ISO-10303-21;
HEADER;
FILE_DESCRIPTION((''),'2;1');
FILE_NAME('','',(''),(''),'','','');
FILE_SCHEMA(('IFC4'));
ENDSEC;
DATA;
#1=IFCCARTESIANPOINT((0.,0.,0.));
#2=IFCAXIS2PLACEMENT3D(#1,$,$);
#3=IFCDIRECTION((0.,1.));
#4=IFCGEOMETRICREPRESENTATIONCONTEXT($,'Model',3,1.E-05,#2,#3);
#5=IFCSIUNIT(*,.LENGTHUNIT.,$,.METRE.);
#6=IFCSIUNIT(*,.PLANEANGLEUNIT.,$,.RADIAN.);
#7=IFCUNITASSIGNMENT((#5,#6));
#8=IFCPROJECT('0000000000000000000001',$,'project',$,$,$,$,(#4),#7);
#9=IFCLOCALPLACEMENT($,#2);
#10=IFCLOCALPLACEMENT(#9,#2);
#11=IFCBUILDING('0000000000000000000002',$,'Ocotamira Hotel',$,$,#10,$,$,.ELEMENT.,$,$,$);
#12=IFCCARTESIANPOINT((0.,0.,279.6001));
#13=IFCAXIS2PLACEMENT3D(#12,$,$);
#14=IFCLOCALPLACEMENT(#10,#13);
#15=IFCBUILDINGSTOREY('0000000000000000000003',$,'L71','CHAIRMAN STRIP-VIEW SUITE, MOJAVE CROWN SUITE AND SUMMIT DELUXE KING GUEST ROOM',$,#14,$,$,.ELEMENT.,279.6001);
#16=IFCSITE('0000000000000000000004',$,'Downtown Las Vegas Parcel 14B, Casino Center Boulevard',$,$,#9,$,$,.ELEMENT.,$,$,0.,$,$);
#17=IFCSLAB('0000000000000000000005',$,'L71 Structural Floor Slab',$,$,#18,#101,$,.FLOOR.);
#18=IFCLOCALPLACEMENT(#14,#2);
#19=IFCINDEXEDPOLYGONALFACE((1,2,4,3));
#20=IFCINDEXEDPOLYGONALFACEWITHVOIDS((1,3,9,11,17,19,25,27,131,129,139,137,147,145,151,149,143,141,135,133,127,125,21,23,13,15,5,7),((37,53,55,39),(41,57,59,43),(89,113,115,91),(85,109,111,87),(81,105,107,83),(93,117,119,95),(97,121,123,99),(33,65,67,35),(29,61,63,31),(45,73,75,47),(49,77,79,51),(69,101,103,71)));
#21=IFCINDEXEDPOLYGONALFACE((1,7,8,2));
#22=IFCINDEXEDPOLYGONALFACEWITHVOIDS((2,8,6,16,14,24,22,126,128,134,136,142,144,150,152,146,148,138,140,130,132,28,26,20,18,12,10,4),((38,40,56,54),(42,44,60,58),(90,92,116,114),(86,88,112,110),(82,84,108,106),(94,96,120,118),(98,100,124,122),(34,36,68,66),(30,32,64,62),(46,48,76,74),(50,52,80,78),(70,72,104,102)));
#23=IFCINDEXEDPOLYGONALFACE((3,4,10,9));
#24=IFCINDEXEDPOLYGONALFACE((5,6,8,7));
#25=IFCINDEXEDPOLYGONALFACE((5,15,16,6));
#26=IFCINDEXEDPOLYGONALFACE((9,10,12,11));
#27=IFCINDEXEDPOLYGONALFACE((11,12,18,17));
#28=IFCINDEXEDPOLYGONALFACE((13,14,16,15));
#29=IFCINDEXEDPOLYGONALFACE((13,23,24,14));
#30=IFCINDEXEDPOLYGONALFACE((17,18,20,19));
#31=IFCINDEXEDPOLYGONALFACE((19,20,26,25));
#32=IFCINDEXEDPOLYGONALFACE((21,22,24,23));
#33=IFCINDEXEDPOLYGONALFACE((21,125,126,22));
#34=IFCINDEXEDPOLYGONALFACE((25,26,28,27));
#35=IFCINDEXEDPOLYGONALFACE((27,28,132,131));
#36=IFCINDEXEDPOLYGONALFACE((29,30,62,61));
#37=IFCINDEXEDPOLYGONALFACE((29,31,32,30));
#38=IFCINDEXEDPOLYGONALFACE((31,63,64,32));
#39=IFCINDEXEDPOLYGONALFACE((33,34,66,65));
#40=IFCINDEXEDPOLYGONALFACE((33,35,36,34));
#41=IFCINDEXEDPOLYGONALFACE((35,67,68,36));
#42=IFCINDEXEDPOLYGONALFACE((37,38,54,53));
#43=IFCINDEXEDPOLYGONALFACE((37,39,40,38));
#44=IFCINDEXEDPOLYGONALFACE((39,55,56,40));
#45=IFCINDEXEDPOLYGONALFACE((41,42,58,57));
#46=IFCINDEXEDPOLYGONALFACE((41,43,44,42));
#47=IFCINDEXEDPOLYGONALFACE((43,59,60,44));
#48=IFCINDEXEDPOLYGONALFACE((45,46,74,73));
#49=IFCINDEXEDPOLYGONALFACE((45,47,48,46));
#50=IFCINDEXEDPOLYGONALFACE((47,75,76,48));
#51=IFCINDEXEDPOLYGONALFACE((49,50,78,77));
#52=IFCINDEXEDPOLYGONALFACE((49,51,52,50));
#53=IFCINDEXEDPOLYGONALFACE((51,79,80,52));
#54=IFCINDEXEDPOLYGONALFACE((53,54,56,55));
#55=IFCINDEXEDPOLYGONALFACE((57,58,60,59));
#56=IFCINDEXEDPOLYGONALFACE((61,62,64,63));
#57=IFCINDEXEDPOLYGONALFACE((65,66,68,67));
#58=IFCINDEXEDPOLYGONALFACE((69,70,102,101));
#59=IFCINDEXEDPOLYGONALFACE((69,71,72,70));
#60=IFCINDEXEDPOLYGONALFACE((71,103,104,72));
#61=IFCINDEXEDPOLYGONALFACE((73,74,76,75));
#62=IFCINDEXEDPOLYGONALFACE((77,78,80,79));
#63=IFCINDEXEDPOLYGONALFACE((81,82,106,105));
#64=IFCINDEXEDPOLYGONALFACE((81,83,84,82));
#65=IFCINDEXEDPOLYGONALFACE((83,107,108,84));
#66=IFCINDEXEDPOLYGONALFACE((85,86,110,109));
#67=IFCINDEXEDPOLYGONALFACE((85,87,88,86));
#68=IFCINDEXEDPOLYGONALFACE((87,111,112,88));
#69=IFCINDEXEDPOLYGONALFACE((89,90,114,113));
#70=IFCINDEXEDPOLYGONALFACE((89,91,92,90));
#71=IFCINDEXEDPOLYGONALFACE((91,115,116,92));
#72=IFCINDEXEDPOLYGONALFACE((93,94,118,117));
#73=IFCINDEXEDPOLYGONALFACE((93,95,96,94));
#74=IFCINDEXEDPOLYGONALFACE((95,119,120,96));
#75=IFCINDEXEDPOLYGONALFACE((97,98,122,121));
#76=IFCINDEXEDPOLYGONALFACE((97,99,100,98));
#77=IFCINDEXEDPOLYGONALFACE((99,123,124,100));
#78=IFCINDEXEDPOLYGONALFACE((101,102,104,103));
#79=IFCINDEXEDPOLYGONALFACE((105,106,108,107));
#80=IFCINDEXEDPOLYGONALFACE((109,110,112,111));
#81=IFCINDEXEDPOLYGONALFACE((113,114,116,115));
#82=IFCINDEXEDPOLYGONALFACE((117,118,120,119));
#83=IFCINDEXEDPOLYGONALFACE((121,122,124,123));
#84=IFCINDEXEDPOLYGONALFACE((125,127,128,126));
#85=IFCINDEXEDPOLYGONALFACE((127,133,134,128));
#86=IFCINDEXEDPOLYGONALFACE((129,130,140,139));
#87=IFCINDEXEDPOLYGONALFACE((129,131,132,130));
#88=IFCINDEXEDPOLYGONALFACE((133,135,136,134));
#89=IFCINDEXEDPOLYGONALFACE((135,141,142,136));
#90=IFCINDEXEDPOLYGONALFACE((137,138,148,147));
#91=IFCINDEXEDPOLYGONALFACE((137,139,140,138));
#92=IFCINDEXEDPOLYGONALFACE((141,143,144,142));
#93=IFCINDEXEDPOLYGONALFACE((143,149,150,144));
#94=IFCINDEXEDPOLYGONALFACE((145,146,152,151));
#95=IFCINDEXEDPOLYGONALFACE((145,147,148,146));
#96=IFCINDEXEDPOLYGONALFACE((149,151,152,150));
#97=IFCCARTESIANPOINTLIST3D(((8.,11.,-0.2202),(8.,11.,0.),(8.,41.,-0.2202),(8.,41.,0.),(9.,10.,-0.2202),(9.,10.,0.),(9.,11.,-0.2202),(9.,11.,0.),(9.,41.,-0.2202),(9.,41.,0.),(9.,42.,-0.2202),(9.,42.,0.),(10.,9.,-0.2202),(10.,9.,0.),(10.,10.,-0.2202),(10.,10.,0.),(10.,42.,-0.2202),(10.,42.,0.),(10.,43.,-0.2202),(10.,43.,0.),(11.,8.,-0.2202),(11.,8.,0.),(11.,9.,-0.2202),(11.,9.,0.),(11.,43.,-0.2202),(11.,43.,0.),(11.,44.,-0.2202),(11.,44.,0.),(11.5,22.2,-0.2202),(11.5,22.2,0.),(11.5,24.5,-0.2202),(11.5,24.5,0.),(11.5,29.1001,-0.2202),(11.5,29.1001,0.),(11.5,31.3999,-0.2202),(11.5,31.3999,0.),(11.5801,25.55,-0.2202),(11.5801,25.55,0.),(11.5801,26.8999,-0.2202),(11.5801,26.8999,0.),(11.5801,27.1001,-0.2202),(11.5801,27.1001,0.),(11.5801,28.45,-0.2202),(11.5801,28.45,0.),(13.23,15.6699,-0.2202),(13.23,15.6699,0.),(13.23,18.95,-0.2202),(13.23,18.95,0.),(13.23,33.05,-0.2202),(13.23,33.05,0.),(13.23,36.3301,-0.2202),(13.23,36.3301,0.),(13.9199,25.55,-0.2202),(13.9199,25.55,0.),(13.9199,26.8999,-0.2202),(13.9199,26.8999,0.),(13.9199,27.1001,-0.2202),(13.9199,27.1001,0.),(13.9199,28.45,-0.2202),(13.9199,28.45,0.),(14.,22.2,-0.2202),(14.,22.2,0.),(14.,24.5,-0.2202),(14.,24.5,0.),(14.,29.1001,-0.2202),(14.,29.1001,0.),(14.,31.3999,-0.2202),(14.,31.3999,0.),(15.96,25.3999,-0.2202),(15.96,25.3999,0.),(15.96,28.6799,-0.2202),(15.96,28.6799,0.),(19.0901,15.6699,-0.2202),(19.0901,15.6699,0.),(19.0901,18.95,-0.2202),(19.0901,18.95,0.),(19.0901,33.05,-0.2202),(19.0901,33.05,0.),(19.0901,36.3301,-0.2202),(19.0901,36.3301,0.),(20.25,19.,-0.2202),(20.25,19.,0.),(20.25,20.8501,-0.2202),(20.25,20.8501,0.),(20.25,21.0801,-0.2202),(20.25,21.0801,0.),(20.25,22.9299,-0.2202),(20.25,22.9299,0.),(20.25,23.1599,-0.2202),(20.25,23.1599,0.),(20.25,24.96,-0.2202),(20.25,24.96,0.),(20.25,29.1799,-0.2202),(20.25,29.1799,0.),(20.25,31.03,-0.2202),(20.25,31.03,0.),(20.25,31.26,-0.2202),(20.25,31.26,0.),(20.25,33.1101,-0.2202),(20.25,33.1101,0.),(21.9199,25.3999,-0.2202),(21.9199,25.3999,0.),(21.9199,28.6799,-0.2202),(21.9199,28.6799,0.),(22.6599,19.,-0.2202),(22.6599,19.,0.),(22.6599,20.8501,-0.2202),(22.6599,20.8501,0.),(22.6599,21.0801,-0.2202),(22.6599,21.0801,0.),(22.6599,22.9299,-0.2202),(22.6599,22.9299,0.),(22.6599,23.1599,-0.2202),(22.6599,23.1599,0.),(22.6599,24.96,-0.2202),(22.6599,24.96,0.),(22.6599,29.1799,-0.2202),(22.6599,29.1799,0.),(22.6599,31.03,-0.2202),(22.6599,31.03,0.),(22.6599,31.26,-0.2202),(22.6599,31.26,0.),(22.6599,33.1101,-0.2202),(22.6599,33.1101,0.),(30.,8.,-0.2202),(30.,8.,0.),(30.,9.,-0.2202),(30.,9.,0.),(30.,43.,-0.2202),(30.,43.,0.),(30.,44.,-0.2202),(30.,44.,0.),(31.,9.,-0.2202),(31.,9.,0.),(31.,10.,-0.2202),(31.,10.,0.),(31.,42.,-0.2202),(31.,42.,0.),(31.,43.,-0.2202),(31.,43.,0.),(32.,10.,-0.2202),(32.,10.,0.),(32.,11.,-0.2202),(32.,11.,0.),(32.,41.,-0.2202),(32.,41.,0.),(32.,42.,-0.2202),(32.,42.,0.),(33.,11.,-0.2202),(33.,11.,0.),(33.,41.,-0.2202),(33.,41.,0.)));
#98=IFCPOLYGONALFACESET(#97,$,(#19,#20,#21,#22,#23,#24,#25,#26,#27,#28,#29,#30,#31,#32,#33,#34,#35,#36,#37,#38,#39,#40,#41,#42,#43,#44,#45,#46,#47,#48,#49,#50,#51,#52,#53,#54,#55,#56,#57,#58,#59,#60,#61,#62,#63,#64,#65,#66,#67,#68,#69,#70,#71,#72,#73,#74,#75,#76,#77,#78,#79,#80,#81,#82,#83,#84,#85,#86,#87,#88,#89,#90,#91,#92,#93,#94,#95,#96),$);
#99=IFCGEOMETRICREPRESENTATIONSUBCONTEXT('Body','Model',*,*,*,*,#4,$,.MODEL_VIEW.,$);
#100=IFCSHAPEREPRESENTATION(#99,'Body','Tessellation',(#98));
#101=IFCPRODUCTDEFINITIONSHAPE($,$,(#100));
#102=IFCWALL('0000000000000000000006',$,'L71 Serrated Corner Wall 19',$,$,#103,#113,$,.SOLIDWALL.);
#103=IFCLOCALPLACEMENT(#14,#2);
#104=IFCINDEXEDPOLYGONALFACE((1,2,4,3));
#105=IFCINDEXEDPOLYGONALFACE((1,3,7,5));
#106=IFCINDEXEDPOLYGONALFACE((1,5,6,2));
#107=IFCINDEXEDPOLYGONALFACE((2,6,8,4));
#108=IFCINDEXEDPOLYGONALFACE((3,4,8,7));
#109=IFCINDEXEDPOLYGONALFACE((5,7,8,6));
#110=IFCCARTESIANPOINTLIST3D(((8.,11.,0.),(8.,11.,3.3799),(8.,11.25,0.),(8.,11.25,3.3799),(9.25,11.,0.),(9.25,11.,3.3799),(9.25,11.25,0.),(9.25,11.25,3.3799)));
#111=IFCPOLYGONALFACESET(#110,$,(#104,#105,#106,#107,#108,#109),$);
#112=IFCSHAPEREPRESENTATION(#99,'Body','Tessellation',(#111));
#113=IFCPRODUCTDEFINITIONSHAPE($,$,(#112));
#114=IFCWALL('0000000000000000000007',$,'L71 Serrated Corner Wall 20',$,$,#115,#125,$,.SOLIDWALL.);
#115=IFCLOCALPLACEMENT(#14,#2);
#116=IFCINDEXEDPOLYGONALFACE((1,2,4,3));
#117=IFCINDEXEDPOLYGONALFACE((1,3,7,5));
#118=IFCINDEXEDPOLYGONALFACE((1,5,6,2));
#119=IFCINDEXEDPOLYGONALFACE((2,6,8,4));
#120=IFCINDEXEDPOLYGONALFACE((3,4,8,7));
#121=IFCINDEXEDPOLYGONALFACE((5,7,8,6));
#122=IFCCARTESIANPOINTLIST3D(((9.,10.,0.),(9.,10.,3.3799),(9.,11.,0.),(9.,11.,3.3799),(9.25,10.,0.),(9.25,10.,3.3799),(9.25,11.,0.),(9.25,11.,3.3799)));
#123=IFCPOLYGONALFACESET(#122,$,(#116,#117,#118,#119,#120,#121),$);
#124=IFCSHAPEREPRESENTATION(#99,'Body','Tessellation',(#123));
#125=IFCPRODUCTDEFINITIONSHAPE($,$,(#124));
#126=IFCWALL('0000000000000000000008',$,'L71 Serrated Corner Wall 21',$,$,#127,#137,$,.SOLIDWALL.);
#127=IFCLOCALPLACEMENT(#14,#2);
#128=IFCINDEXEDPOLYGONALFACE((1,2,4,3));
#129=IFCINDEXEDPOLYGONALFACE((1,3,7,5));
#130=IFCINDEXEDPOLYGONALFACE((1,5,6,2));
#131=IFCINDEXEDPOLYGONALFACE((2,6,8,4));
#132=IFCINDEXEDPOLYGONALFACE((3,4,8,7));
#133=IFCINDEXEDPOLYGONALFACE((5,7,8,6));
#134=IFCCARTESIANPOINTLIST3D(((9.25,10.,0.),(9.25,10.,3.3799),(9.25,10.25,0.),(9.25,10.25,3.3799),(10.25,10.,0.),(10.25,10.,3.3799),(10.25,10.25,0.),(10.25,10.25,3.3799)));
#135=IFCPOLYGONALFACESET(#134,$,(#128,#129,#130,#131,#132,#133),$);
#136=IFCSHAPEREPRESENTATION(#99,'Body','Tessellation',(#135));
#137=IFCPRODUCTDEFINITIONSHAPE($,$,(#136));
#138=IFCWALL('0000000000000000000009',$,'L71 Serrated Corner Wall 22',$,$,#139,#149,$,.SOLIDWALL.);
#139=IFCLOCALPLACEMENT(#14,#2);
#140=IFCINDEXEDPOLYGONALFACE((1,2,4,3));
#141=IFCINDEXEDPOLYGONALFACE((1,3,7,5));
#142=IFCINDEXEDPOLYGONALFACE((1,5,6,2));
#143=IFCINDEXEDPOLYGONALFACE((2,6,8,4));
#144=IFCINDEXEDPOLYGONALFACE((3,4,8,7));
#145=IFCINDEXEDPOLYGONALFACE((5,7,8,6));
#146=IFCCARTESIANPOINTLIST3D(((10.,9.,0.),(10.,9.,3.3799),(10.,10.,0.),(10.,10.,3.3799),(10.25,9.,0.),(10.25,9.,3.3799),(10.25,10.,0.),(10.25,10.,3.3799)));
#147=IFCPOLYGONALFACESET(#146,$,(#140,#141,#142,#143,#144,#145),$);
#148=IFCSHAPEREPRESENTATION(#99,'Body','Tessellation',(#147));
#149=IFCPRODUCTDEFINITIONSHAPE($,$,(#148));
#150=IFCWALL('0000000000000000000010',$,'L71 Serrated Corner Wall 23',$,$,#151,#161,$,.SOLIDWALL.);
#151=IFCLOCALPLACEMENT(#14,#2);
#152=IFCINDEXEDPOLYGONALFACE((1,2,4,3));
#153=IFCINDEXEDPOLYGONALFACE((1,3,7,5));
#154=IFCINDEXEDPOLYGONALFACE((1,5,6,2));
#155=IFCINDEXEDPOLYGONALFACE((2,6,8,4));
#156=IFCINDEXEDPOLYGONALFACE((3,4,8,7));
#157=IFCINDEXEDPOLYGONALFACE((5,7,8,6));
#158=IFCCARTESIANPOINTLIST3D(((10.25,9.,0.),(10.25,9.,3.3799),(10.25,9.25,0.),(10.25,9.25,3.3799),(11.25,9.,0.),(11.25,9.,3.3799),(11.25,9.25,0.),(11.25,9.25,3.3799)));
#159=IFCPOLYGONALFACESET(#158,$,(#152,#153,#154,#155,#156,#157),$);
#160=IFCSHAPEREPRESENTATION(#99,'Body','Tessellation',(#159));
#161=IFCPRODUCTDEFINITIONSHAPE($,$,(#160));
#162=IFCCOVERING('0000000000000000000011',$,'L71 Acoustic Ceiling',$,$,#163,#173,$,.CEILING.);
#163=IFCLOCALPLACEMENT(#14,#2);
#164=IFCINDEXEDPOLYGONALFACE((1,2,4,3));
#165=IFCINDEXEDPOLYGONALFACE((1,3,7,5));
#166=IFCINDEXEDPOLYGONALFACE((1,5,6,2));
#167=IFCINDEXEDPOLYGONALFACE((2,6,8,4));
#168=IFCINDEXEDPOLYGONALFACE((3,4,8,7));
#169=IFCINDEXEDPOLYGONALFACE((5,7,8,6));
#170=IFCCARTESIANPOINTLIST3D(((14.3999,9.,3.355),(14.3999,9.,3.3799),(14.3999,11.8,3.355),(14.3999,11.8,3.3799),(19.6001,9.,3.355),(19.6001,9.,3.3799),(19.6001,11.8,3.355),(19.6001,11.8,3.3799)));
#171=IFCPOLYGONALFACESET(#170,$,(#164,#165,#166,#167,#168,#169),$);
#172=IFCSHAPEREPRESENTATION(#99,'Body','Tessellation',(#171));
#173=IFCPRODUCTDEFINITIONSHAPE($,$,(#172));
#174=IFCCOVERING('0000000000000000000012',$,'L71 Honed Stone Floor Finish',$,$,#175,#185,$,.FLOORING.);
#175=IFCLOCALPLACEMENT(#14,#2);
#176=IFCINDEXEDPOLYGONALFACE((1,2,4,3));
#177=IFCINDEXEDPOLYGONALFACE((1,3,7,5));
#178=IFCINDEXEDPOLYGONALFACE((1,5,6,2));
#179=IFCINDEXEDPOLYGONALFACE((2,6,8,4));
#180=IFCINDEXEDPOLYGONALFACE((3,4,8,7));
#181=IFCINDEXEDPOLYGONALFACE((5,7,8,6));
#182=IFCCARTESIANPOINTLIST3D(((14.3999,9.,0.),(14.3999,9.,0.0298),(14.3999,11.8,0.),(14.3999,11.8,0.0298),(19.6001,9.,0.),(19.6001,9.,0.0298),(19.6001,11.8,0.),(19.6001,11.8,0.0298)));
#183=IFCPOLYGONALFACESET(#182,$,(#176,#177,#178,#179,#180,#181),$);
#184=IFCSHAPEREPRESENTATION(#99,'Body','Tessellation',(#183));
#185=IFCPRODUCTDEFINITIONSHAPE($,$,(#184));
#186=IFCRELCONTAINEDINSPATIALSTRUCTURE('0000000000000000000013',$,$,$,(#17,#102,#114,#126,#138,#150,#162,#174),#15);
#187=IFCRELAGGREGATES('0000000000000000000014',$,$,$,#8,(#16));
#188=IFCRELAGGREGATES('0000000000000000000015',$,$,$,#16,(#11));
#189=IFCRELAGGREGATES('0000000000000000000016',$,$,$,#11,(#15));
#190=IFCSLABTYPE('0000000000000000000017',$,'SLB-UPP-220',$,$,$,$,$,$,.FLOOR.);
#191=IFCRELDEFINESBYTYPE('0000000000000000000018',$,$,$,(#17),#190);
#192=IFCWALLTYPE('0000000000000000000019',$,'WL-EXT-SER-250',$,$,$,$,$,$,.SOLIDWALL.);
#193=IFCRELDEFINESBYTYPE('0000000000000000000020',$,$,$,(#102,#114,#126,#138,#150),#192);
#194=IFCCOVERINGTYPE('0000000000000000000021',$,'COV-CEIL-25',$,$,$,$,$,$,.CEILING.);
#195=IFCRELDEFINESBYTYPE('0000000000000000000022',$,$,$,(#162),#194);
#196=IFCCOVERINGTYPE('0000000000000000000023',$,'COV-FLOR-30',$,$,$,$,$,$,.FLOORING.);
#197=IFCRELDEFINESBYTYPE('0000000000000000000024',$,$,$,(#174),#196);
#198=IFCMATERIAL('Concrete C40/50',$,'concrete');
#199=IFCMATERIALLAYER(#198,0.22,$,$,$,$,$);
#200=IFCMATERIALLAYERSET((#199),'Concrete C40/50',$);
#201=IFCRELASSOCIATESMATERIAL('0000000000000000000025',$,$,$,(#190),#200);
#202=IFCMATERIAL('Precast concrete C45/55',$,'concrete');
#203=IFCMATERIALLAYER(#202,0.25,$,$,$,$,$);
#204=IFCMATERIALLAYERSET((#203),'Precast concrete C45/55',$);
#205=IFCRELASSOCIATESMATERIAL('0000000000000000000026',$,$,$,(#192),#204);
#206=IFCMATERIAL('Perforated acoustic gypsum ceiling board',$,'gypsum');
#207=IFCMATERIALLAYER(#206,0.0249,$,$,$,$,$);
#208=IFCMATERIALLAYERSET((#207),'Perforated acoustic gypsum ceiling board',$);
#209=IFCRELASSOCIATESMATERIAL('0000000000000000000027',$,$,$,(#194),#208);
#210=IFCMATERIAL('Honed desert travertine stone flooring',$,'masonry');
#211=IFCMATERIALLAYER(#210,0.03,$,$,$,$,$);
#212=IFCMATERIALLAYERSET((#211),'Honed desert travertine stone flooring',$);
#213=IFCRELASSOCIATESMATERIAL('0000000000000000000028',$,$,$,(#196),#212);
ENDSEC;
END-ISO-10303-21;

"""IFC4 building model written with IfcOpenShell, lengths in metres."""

from ifc_helpers import new_model, si_unit, direction, frame, frame_2d, origin, place, context, subcontext, project, spatial, polyline, rectangle, outline, extrude, material, layer, layer_set, type_object, element, save


model = new_model("IFC4")

# Units and contexts
model_context = context("Model", 3, precision=1e-05, world=origin(), true_north=direction((0.0, 1.0)))
body_context = subcontext(model_context, "Body", "Model", "MODEL_VIEW")
ifc_project = project(units=[si_unit("LENGTHUNIT", "METRE"), si_unit("PLANEANGLEUNIT", "RADIAN")], contexts=[model_context])

# Site, building, storey
site_placement = place(None, origin())
site = spatial("IfcSite", under=ifc_project, at=site_placement, Name="Downtown Las Vegas Parcel 14B, Casino Center Boulevard", CompositionType="ELEMENT", RefElevation=0.0)
building_placement = place(site_placement, origin())
building = spatial("IfcBuilding", under=site, at=building_placement, Name="Ocotamira Hotel", CompositionType="ELEMENT")
storey_placement = place(building_placement, frame((0.0, 0.0, 279.6001)))
storey = spatial("IfcBuildingStorey", under=building, at=storey_placement, Name="L71", Description="CHAIRMAN STRIP-VIEW SUITE, MOJAVE CROWN SUITE AND SUMMIT DELUXE KING GUEST ROOM", CompositionType="ELEMENT", Elevation=279.6001)

# Shared definitions
ifc_material_1 = material(Name="Concrete C40/50", Category="concrete")

# Slab
ifc_layer_1 = layer(ifc_material_1, 0.22)
ifc_layer_set_1 = layer_set([ifc_layer_1], Name="Concrete C40/50")
slab_type_1 = type_object("IfcSlabType", Name="SLB-UPP-220", PredefinedType="FLOOR", material=ifc_layer_set_1)
slab_1_placement = place(storey_placement, frame((0.0, 0.0, -0.2202)))
element("IfcSlab", 1, at=slab_1_placement, inside=storey, type_object=slab_type_1, Name="L71 Structural Floor Slab", PredefinedType="FLOOR", context=body_context, shape_type="SweptSolid", body=[
    extrude(outline(polyline([(11.0, 8.0), (30.0, 8.0), (30.0, 9.0), (31.0, 9.0), (31.0, 10.0), (32.0, 10.0), (32.0, 11.0), (33.0, 11.0), (33.0, 41.0), (32.0, 41.0), (32.0, 42.0), (31.0, 42.0), (31.0, 43.0), (30.0, 43.0), (30.0, 44.0), (11.0, 44.0), (11.0, 43.0), (10.0, 43.0), (10.0, 42.0), (9.0, 42.0), (9.0, 41.0), (8.0, 41.0), (8.0, 11.0), (9.0, 11.0), (9.0, 10.0), (10.0, 10.0), (10.0, 9.0), (11.0, 9.0), (11.0, 8.0)]), holes=[polyline([(13.23, 15.6699), (19.0901, 15.6699), (19.0901, 18.95), (13.23, 18.95), (13.23, 15.6699)]), polyline([(13.23, 33.05), (19.0901, 33.05), (19.0901, 36.3301), (13.23, 36.3301), (13.23, 33.05)]), polyline([(15.96, 25.3999), (21.9199, 25.3999), (21.9199, 28.6799), (15.96, 28.6799), (15.96, 25.3999)]), polyline([(20.25, 19.0), (22.6599, 19.0), (22.6599, 20.8501), (20.25, 20.8501), (20.25, 19.0)]), polyline([(20.25, 21.0801), (22.6599, 21.0801), (22.6599, 22.9299), (20.25, 22.9299), (20.25, 21.0801)]), polyline([(20.25, 23.1599), (22.6599, 23.1599), (22.6599, 24.96), (20.25, 24.96), (20.25, 23.1599)]), polyline([(20.25, 29.1799), (22.6599, 29.1799), (22.6599, 31.03), (20.25, 31.03), (20.25, 29.1799)]), polyline([(20.25, 31.26), (22.6599, 31.26), (22.6599, 33.1101), (20.25, 33.1101), (20.25, 31.26)]), polyline([(11.5, 22.2), (14.0, 22.2), (14.0, 24.5), (11.5, 24.5), (11.5, 22.2)]), polyline([(11.5, 29.1001), (14.0, 29.1001), (14.0, 31.3999), (11.5, 31.3999), (11.5, 29.1001)]), polyline([(11.5801, 25.55), (13.9199, 25.55), (13.9199, 26.8999), (11.5801, 26.8999), (11.5801, 25.55)]), polyline([(11.5801, 27.1001), (13.9199, 27.1001), (13.9199, 28.45), (11.5801, 28.45), (11.5801, 27.1001)])]), origin(), (0.0, 0.0, 1.0), 0.2202),
])

# Walls
ifc_material_2 = material(Name="Precast concrete C45/55", Category="concrete")
ifc_layer_2 = layer(ifc_material_2, 0.25)
ifc_layer_set_2 = layer_set([ifc_layer_2], Name="Precast concrete C45/55")
wall_type_1 = type_object("IfcWallType", Name="WL-EXT-SER-250", PredefinedType="SOLIDWALL", material=ifc_layer_set_2)
wall_1_placement = place(storey_placement, frame((8.0, 11.125, 0.0), z_axis=(0.0, 0.0, 1.0), x_axis=(1.0, 0.0, 0.0)))
element("IfcWall", 2, at=wall_1_placement, inside=storey, type_object=wall_type_1, Name="L71 Serrated Corner Wall 19", PredefinedType="SOLIDWALL", context=body_context, shape_type="SweptSolid", body=[
    extrude(rectangle(XDim=1.25, YDim=0.25, at=frame_2d((0.625, 0.0))), origin(), (0.0, 0.0, 1.0), 3.3799),
])
for number, where, z_axis, x_axis, name in (
    (3, (9.125, 11.0, 0.0), (0.0, 0.0, 1.0), (0.0, -1.0, 0.0), "L71 Serrated Corner Wall 20"),
    (4, (9.25, 10.125, 0.0), (0.0, 0.0, 1.0), (1.0, 0.0, 0.0), "L71 Serrated Corner Wall 21"),
    (5, (10.125, 10.0, 0.0), (0.0, 0.0, 1.0), (0.0, -1.0, 0.0), "L71 Serrated Corner Wall 22"),
    (6, (10.25, 9.125, 0.0), (0.0, 0.0, 1.0), (1.0, 0.0, 0.0), "L71 Serrated Corner Wall 23"),
):
    element("IfcWall", number, at=place(storey_placement, frame(where, z_axis=z_axis, x_axis=x_axis)), inside=storey, type_object=wall_type_1, Name=name, PredefinedType="SOLIDWALL", context=body_context, shape_type="SweptSolid", body=[
        extrude(rectangle(XDim=1.0, YDim=0.25, at=frame_2d((0.5, 0.0))), origin(), (0.0, 0.0, 1.0), 3.3799),
    ])

# Coverings
ifc_material_3 = material(Name="Perforated acoustic gypsum ceiling board", Category="gypsum")
ifc_layer_3 = layer(ifc_material_3, 0.0249)
ifc_layer_set_3 = layer_set([ifc_layer_3], Name="Perforated acoustic gypsum ceiling board")
covering_type_1 = type_object("IfcCoveringType", Name="COV-CEIL-25", PredefinedType="CEILING", material=ifc_layer_set_3)
covering_1_placement = place(storey_placement, frame((0.0, 0.0, 3.355)))
element("IfcCovering", 7, at=covering_1_placement, inside=storey, type_object=covering_type_1, Name="L71 Acoustic Ceiling", PredefinedType="CEILING", context=body_context, shape_type="SweptSolid", body=[
    extrude(outline(polyline([(14.3999, 9.0), (19.6001, 9.0), (19.6001, 11.8), (14.3999, 11.8), (14.3999, 9.0)])), origin(), (0.0, 0.0, 1.0), 0.0249),
])
ifc_material_4 = material(Name="Honed desert travertine stone flooring", Category="masonry")
ifc_layer_4 = layer(ifc_material_4, 0.03)
ifc_layer_set_4 = layer_set([ifc_layer_4], Name="Honed desert travertine stone flooring")
covering_type_2 = type_object("IfcCoveringType", Name="COV-FLOR-30", PredefinedType="FLOORING", material=ifc_layer_set_4)
covering_2_placement = place(storey_placement, origin())
element("IfcCovering", 8, at=covering_2_placement, inside=storey, type_object=covering_type_2, Name="L71 Honed Stone Floor Finish", PredefinedType="FLOORING", context=body_context, shape_type="SweptSolid", body=[
    extrude(outline(polyline([(14.3999, 9.0), (19.6001, 9.0), (19.6001, 11.8), (14.3999, 11.8), (14.3999, 9.0)])), origin(), (0.0, 0.0, 1.0), 0.0298),
])

save(model, "model.ifc")
